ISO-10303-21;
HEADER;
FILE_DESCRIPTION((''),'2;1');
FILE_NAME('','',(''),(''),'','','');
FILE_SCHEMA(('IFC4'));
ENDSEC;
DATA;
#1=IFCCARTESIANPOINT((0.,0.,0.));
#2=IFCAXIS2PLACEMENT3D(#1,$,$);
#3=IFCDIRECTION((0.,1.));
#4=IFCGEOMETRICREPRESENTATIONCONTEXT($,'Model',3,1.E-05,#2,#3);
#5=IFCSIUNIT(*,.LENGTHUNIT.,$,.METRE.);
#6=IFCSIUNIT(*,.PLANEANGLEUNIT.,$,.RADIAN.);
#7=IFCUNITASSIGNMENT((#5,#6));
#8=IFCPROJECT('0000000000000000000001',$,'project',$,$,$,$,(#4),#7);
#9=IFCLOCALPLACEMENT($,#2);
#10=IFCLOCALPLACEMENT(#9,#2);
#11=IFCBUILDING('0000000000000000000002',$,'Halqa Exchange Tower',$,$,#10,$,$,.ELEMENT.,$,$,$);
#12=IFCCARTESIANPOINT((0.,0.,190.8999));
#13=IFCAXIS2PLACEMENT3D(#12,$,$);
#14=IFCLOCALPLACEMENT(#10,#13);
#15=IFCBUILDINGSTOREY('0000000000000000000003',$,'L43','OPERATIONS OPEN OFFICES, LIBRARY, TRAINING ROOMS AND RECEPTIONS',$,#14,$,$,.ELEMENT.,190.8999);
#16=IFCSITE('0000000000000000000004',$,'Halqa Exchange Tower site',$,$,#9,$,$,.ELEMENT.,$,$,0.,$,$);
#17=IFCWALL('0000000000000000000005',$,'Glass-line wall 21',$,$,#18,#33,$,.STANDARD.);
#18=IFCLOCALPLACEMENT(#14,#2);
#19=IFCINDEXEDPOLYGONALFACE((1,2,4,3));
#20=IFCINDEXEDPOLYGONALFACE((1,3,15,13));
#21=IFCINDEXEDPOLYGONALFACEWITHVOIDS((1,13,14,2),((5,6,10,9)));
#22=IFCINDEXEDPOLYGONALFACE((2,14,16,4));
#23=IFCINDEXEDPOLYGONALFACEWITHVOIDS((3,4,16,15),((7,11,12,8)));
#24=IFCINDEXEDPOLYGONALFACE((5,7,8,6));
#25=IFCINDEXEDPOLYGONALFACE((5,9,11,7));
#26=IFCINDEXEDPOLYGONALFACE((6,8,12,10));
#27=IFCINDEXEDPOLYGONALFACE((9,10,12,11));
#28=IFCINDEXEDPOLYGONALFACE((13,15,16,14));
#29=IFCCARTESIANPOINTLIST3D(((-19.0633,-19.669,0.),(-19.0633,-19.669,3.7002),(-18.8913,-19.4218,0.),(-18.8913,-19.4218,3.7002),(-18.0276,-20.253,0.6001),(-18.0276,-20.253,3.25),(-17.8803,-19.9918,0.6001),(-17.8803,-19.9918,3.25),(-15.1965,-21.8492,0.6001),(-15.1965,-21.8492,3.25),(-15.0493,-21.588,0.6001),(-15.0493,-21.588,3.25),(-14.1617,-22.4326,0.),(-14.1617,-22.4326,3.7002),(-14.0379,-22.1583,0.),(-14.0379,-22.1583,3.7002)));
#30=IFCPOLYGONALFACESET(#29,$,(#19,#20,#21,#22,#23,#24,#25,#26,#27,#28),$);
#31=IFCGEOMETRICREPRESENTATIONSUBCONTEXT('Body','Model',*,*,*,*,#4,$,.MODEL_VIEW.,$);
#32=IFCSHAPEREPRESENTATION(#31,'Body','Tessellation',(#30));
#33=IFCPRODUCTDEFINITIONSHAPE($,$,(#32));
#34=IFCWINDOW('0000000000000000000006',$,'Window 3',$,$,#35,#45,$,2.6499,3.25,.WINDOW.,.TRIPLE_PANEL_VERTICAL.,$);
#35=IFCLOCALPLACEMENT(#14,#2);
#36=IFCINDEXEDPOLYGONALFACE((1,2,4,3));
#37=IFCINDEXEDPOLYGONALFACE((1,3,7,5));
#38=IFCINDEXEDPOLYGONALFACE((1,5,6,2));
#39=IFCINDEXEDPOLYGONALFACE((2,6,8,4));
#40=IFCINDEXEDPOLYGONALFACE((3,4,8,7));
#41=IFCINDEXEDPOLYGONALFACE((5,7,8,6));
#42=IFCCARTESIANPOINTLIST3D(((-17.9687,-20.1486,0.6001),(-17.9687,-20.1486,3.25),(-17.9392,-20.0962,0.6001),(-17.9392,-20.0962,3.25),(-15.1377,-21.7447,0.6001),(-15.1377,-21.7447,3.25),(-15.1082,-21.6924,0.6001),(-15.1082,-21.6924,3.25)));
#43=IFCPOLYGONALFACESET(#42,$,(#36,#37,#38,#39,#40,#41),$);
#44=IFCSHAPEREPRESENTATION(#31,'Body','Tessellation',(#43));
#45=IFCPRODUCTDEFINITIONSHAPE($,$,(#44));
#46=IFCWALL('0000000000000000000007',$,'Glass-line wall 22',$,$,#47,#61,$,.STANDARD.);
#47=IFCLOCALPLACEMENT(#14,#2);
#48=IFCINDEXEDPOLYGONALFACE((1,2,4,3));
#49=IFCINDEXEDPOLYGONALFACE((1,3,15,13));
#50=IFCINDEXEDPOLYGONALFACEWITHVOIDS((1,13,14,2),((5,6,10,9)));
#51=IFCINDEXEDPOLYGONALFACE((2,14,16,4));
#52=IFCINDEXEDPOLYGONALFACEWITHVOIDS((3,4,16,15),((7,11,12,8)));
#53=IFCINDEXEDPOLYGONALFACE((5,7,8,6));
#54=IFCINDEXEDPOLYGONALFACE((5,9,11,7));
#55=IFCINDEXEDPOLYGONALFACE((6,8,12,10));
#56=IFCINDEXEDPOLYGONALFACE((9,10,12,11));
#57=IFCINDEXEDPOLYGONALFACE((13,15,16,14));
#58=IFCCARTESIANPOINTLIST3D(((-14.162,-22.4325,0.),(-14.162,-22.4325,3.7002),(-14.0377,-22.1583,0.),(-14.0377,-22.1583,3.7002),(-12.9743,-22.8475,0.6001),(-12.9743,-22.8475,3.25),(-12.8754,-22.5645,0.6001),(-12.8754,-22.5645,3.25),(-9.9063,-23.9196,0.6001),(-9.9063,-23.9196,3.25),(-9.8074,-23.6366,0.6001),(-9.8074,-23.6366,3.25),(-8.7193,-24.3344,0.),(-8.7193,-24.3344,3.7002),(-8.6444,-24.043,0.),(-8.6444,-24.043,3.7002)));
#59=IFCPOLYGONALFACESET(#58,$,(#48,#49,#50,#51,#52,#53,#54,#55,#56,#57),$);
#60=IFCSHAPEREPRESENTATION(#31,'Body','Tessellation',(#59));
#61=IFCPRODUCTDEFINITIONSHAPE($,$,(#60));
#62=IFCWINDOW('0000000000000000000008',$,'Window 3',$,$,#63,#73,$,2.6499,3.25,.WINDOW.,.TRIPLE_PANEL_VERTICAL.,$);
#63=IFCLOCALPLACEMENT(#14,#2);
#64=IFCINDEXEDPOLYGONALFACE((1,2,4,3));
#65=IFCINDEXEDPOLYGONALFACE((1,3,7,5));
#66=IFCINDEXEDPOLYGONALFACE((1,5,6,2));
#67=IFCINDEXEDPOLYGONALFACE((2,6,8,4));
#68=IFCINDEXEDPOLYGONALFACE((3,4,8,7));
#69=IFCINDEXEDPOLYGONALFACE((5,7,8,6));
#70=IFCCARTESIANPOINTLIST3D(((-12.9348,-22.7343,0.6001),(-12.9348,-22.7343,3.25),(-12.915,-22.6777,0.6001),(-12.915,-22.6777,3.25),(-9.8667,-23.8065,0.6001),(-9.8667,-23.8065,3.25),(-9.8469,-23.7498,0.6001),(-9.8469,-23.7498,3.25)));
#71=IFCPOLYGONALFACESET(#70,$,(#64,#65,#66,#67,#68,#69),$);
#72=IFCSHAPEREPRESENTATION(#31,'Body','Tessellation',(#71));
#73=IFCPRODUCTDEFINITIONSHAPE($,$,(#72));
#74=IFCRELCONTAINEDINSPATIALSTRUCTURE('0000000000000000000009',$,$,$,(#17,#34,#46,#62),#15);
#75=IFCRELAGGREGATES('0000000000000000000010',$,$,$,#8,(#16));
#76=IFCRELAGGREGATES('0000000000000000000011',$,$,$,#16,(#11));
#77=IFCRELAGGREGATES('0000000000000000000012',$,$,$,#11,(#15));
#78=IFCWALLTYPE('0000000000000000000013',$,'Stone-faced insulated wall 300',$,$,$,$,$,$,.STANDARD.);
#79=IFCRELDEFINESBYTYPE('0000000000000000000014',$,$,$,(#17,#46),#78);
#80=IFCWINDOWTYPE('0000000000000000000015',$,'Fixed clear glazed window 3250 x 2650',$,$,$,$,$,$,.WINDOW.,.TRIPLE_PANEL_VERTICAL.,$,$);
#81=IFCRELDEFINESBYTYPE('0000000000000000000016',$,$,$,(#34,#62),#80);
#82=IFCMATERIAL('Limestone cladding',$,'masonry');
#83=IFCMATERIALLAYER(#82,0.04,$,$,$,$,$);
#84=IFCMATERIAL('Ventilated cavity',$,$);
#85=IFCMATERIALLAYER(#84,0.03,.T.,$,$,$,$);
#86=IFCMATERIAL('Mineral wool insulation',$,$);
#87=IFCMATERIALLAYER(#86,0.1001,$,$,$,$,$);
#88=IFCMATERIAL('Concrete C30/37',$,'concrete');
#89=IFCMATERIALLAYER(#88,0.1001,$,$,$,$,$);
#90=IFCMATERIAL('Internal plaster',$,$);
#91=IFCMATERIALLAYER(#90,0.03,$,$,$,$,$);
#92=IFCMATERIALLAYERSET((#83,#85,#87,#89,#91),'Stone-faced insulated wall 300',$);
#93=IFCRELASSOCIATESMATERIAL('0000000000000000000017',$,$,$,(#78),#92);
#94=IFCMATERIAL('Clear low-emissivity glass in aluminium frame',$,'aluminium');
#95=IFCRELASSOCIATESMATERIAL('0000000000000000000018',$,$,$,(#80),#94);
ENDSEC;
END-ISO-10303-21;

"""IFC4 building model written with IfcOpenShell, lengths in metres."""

from ifc_helpers import new_model, si_unit, direction, frame, frame_2d, origin, place, context, subcontext, project, spatial, polyline, rectangle, outline, extrude, material, layer, layer_set, type_object, element, fill, save


model = new_model("IFC4")

# Units and contexts
model_context = context("Model", 3, precision=1e-05, world=origin(), true_north=direction((0.0, 1.0)))
body_context = subcontext(model_context, "Body", "Model", "MODEL_VIEW")
ifc_project = project(units=[si_unit("LENGTHUNIT", "METRE"), si_unit("PLANEANGLEUNIT", "RADIAN")], contexts=[model_context])

# Site, building, storey
site_placement = place(None, origin())
site = spatial("IfcSite", under=ifc_project, at=site_placement, Name="Halqa Exchange Tower site", CompositionType="ELEMENT", RefElevation=0.0)
building_placement = place(site_placement, origin())
building = spatial("IfcBuilding", under=site, at=building_placement, Name="Halqa Exchange Tower", CompositionType="ELEMENT")
storey_placement = place(building_placement, frame((0.0, 0.0, 190.8999)))
storey = spatial("IfcBuildingStorey", under=building, at=storey_placement, Name="L43", Description="OPERATIONS OPEN OFFICES, LIBRARY, TRAINING ROOMS AND RECEPTIONS", CompositionType="ELEMENT", Elevation=190.8999)

# Shared definitions
ifc_material_1 = material(Name="Limestone cladding", Category="masonry")
ifc_layer_1 = layer(ifc_material_1, 0.04)
ifc_material_2 = material(Name="Ventilated cavity")
ifc_layer_2 = layer(ifc_material_2, 0.03, ventilated=True)
ifc_material_3 = material(Name="Mineral wool insulation")
ifc_layer_3 = layer(ifc_material_3, 0.1001)
ifc_material_4 = material(Name="Concrete C30/37", Category="concrete")
ifc_layer_4 = layer(ifc_material_4, 0.1001)
ifc_material_5 = material(Name="Internal plaster")
ifc_layer_5 = layer(ifc_material_5, 0.03)
ifc_layer_set_1 = layer_set([ifc_layer_1, ifc_layer_2, ifc_layer_3, ifc_layer_4, ifc_layer_5], Name="Stone-faced insulated wall 300")
wall_type_1 = type_object("IfcWallType", Name="Stone-faced insulated wall 300", PredefinedType="STANDARD", material=ifc_layer_set_1)
ifc_material_6 = material(Name="Clear low-emissivity glass in aluminium frame", Category="aluminium")

# Walls, openings, windows
wall_1_placement = place(storey_placement, frame((-18.9773, -19.5454, 0.0), z_axis=(0.0, 0.0, 1.0), x_axis=(0.871084, -0.491135, 0.0)))
wall_1 = element("IfcWall", 1, at=wall_1_placement, inside=storey, type_object=wall_type_1, Name="Glass-line wall 21", PredefinedType="STANDARD", context=body_context, shape_type="SweptSolid", body=[
    extrude(outline(polyline([(-0.0142, -0.1499), (5.6128, -0.1499), (5.5859, 0.1499), (0.0142, 0.1499), (-0.0142, -0.1499)])), origin(), (0.0, 0.0, 1.0), 3.7002),
])
opening_1_placement = place(wall_1_placement, frame((1.1748, 0.0, 0.6001)))
opening_1 = element("IfcOpeningElement", 2, at=opening_1_placement, cuts=wall_1, PredefinedType="OPENING", context=body_context, shape_type="SweptSolid", body=[
    extrude(rectangle(XDim=3.25, YDim=2.6499, at=frame_2d((1.625, 1.325))), frame((0.0, 0.1621, 0.0), z_axis=(0.0, -1.0, 0.0), x_axis=(1.0, 0.0, 0.0)), (0.0, 0.0, 1.0), 0.324),
])
window_type = type_object("IfcWindowType", Name="Fixed clear glazed window 3250 x 2650", PartitioningType="TRIPLE_PANEL_VERTICAL", PredefinedType="WINDOW", material=ifc_material_6)
window_1_placement = place(opening_1_placement, origin())
window_1 = element("IfcWindow", 3, at=window_1_placement, inside=storey, type_object=window_type, Name="Window 3", OverallHeight=2.6499, OverallWidth=3.25, PartitioningType="TRIPLE_PANEL_VERTICAL", PredefinedType="WINDOW", context=body_context, shape_type="SweptSolid", body=[
    extrude(rectangle(XDim=3.25, YDim=2.6499, at=frame_2d((1.625, 1.325))), frame((0.0, 0.03, 0.0), z_axis=(0.0, -1.0, 0.0), x_axis=(1.0, 0.0, 0.0)), (0.0, 0.0, 1.0), 0.0601),
])
fill(opening_1, window_1)
wall_2_placement = place(storey_placement, frame((-14.0999, -22.2954, 0.0), z_axis=(0.0, 0.0, 1.0), x_axis=(0.94402, -0.329888, 0.0)))
wall_2 = element("IfcWall", 4, at=wall_2_placement, inside=storey, type_object=wall_type_1, Name="Glass-line wall 22", PredefinedType="STANDARD", context=body_context, shape_type="SweptSolid", body=[
    extrude(outline(polyline([(-0.0134, -0.1499), (5.752, -0.1499), (5.7266, 0.1499), (0.0134, 0.1499), (-0.0134, -0.1499)])), origin(), (0.0, 0.0, 1.0), 3.7002),
])
opening_2_placement = place(wall_2_placement, frame((1.2446, 0.0, 0.6001)))
opening_2 = element("IfcOpeningElement", 5, at=opening_2_placement, cuts=wall_2, PredefinedType="OPENING", context=body_context, shape_type="SweptSolid", body=[
    extrude(rectangle(XDim=3.25, YDim=2.6499, at=frame_2d((1.625, 1.325))), frame((0.0, 0.1621, 0.0), z_axis=(0.0, -1.0, 0.0), x_axis=(1.0, 0.0, 0.0)), (0.0, 0.0, 1.0), 0.324),
])
window_2_placement = place(opening_2_placement, origin())
window_2 = element("IfcWindow", 6, at=window_2_placement, inside=storey, type_object=window_type, Name="Window 3", OverallHeight=2.6499, OverallWidth=3.25, PartitioningType="TRIPLE_PANEL_VERTICAL", PredefinedType="WINDOW", context=body_context, shape_type="SweptSolid", body=[
    extrude(rectangle(XDim=3.25, YDim=2.6499, at=frame_2d((1.625, 1.325))), frame((0.0, 0.03, 0.0), z_axis=(0.0, -1.0, 0.0), x_axis=(1.0, 0.0, 0.0)), (0.0, 0.0, 1.0), 0.0601),
])
fill(opening_2, window_2)

save(model, "model.ifc")
